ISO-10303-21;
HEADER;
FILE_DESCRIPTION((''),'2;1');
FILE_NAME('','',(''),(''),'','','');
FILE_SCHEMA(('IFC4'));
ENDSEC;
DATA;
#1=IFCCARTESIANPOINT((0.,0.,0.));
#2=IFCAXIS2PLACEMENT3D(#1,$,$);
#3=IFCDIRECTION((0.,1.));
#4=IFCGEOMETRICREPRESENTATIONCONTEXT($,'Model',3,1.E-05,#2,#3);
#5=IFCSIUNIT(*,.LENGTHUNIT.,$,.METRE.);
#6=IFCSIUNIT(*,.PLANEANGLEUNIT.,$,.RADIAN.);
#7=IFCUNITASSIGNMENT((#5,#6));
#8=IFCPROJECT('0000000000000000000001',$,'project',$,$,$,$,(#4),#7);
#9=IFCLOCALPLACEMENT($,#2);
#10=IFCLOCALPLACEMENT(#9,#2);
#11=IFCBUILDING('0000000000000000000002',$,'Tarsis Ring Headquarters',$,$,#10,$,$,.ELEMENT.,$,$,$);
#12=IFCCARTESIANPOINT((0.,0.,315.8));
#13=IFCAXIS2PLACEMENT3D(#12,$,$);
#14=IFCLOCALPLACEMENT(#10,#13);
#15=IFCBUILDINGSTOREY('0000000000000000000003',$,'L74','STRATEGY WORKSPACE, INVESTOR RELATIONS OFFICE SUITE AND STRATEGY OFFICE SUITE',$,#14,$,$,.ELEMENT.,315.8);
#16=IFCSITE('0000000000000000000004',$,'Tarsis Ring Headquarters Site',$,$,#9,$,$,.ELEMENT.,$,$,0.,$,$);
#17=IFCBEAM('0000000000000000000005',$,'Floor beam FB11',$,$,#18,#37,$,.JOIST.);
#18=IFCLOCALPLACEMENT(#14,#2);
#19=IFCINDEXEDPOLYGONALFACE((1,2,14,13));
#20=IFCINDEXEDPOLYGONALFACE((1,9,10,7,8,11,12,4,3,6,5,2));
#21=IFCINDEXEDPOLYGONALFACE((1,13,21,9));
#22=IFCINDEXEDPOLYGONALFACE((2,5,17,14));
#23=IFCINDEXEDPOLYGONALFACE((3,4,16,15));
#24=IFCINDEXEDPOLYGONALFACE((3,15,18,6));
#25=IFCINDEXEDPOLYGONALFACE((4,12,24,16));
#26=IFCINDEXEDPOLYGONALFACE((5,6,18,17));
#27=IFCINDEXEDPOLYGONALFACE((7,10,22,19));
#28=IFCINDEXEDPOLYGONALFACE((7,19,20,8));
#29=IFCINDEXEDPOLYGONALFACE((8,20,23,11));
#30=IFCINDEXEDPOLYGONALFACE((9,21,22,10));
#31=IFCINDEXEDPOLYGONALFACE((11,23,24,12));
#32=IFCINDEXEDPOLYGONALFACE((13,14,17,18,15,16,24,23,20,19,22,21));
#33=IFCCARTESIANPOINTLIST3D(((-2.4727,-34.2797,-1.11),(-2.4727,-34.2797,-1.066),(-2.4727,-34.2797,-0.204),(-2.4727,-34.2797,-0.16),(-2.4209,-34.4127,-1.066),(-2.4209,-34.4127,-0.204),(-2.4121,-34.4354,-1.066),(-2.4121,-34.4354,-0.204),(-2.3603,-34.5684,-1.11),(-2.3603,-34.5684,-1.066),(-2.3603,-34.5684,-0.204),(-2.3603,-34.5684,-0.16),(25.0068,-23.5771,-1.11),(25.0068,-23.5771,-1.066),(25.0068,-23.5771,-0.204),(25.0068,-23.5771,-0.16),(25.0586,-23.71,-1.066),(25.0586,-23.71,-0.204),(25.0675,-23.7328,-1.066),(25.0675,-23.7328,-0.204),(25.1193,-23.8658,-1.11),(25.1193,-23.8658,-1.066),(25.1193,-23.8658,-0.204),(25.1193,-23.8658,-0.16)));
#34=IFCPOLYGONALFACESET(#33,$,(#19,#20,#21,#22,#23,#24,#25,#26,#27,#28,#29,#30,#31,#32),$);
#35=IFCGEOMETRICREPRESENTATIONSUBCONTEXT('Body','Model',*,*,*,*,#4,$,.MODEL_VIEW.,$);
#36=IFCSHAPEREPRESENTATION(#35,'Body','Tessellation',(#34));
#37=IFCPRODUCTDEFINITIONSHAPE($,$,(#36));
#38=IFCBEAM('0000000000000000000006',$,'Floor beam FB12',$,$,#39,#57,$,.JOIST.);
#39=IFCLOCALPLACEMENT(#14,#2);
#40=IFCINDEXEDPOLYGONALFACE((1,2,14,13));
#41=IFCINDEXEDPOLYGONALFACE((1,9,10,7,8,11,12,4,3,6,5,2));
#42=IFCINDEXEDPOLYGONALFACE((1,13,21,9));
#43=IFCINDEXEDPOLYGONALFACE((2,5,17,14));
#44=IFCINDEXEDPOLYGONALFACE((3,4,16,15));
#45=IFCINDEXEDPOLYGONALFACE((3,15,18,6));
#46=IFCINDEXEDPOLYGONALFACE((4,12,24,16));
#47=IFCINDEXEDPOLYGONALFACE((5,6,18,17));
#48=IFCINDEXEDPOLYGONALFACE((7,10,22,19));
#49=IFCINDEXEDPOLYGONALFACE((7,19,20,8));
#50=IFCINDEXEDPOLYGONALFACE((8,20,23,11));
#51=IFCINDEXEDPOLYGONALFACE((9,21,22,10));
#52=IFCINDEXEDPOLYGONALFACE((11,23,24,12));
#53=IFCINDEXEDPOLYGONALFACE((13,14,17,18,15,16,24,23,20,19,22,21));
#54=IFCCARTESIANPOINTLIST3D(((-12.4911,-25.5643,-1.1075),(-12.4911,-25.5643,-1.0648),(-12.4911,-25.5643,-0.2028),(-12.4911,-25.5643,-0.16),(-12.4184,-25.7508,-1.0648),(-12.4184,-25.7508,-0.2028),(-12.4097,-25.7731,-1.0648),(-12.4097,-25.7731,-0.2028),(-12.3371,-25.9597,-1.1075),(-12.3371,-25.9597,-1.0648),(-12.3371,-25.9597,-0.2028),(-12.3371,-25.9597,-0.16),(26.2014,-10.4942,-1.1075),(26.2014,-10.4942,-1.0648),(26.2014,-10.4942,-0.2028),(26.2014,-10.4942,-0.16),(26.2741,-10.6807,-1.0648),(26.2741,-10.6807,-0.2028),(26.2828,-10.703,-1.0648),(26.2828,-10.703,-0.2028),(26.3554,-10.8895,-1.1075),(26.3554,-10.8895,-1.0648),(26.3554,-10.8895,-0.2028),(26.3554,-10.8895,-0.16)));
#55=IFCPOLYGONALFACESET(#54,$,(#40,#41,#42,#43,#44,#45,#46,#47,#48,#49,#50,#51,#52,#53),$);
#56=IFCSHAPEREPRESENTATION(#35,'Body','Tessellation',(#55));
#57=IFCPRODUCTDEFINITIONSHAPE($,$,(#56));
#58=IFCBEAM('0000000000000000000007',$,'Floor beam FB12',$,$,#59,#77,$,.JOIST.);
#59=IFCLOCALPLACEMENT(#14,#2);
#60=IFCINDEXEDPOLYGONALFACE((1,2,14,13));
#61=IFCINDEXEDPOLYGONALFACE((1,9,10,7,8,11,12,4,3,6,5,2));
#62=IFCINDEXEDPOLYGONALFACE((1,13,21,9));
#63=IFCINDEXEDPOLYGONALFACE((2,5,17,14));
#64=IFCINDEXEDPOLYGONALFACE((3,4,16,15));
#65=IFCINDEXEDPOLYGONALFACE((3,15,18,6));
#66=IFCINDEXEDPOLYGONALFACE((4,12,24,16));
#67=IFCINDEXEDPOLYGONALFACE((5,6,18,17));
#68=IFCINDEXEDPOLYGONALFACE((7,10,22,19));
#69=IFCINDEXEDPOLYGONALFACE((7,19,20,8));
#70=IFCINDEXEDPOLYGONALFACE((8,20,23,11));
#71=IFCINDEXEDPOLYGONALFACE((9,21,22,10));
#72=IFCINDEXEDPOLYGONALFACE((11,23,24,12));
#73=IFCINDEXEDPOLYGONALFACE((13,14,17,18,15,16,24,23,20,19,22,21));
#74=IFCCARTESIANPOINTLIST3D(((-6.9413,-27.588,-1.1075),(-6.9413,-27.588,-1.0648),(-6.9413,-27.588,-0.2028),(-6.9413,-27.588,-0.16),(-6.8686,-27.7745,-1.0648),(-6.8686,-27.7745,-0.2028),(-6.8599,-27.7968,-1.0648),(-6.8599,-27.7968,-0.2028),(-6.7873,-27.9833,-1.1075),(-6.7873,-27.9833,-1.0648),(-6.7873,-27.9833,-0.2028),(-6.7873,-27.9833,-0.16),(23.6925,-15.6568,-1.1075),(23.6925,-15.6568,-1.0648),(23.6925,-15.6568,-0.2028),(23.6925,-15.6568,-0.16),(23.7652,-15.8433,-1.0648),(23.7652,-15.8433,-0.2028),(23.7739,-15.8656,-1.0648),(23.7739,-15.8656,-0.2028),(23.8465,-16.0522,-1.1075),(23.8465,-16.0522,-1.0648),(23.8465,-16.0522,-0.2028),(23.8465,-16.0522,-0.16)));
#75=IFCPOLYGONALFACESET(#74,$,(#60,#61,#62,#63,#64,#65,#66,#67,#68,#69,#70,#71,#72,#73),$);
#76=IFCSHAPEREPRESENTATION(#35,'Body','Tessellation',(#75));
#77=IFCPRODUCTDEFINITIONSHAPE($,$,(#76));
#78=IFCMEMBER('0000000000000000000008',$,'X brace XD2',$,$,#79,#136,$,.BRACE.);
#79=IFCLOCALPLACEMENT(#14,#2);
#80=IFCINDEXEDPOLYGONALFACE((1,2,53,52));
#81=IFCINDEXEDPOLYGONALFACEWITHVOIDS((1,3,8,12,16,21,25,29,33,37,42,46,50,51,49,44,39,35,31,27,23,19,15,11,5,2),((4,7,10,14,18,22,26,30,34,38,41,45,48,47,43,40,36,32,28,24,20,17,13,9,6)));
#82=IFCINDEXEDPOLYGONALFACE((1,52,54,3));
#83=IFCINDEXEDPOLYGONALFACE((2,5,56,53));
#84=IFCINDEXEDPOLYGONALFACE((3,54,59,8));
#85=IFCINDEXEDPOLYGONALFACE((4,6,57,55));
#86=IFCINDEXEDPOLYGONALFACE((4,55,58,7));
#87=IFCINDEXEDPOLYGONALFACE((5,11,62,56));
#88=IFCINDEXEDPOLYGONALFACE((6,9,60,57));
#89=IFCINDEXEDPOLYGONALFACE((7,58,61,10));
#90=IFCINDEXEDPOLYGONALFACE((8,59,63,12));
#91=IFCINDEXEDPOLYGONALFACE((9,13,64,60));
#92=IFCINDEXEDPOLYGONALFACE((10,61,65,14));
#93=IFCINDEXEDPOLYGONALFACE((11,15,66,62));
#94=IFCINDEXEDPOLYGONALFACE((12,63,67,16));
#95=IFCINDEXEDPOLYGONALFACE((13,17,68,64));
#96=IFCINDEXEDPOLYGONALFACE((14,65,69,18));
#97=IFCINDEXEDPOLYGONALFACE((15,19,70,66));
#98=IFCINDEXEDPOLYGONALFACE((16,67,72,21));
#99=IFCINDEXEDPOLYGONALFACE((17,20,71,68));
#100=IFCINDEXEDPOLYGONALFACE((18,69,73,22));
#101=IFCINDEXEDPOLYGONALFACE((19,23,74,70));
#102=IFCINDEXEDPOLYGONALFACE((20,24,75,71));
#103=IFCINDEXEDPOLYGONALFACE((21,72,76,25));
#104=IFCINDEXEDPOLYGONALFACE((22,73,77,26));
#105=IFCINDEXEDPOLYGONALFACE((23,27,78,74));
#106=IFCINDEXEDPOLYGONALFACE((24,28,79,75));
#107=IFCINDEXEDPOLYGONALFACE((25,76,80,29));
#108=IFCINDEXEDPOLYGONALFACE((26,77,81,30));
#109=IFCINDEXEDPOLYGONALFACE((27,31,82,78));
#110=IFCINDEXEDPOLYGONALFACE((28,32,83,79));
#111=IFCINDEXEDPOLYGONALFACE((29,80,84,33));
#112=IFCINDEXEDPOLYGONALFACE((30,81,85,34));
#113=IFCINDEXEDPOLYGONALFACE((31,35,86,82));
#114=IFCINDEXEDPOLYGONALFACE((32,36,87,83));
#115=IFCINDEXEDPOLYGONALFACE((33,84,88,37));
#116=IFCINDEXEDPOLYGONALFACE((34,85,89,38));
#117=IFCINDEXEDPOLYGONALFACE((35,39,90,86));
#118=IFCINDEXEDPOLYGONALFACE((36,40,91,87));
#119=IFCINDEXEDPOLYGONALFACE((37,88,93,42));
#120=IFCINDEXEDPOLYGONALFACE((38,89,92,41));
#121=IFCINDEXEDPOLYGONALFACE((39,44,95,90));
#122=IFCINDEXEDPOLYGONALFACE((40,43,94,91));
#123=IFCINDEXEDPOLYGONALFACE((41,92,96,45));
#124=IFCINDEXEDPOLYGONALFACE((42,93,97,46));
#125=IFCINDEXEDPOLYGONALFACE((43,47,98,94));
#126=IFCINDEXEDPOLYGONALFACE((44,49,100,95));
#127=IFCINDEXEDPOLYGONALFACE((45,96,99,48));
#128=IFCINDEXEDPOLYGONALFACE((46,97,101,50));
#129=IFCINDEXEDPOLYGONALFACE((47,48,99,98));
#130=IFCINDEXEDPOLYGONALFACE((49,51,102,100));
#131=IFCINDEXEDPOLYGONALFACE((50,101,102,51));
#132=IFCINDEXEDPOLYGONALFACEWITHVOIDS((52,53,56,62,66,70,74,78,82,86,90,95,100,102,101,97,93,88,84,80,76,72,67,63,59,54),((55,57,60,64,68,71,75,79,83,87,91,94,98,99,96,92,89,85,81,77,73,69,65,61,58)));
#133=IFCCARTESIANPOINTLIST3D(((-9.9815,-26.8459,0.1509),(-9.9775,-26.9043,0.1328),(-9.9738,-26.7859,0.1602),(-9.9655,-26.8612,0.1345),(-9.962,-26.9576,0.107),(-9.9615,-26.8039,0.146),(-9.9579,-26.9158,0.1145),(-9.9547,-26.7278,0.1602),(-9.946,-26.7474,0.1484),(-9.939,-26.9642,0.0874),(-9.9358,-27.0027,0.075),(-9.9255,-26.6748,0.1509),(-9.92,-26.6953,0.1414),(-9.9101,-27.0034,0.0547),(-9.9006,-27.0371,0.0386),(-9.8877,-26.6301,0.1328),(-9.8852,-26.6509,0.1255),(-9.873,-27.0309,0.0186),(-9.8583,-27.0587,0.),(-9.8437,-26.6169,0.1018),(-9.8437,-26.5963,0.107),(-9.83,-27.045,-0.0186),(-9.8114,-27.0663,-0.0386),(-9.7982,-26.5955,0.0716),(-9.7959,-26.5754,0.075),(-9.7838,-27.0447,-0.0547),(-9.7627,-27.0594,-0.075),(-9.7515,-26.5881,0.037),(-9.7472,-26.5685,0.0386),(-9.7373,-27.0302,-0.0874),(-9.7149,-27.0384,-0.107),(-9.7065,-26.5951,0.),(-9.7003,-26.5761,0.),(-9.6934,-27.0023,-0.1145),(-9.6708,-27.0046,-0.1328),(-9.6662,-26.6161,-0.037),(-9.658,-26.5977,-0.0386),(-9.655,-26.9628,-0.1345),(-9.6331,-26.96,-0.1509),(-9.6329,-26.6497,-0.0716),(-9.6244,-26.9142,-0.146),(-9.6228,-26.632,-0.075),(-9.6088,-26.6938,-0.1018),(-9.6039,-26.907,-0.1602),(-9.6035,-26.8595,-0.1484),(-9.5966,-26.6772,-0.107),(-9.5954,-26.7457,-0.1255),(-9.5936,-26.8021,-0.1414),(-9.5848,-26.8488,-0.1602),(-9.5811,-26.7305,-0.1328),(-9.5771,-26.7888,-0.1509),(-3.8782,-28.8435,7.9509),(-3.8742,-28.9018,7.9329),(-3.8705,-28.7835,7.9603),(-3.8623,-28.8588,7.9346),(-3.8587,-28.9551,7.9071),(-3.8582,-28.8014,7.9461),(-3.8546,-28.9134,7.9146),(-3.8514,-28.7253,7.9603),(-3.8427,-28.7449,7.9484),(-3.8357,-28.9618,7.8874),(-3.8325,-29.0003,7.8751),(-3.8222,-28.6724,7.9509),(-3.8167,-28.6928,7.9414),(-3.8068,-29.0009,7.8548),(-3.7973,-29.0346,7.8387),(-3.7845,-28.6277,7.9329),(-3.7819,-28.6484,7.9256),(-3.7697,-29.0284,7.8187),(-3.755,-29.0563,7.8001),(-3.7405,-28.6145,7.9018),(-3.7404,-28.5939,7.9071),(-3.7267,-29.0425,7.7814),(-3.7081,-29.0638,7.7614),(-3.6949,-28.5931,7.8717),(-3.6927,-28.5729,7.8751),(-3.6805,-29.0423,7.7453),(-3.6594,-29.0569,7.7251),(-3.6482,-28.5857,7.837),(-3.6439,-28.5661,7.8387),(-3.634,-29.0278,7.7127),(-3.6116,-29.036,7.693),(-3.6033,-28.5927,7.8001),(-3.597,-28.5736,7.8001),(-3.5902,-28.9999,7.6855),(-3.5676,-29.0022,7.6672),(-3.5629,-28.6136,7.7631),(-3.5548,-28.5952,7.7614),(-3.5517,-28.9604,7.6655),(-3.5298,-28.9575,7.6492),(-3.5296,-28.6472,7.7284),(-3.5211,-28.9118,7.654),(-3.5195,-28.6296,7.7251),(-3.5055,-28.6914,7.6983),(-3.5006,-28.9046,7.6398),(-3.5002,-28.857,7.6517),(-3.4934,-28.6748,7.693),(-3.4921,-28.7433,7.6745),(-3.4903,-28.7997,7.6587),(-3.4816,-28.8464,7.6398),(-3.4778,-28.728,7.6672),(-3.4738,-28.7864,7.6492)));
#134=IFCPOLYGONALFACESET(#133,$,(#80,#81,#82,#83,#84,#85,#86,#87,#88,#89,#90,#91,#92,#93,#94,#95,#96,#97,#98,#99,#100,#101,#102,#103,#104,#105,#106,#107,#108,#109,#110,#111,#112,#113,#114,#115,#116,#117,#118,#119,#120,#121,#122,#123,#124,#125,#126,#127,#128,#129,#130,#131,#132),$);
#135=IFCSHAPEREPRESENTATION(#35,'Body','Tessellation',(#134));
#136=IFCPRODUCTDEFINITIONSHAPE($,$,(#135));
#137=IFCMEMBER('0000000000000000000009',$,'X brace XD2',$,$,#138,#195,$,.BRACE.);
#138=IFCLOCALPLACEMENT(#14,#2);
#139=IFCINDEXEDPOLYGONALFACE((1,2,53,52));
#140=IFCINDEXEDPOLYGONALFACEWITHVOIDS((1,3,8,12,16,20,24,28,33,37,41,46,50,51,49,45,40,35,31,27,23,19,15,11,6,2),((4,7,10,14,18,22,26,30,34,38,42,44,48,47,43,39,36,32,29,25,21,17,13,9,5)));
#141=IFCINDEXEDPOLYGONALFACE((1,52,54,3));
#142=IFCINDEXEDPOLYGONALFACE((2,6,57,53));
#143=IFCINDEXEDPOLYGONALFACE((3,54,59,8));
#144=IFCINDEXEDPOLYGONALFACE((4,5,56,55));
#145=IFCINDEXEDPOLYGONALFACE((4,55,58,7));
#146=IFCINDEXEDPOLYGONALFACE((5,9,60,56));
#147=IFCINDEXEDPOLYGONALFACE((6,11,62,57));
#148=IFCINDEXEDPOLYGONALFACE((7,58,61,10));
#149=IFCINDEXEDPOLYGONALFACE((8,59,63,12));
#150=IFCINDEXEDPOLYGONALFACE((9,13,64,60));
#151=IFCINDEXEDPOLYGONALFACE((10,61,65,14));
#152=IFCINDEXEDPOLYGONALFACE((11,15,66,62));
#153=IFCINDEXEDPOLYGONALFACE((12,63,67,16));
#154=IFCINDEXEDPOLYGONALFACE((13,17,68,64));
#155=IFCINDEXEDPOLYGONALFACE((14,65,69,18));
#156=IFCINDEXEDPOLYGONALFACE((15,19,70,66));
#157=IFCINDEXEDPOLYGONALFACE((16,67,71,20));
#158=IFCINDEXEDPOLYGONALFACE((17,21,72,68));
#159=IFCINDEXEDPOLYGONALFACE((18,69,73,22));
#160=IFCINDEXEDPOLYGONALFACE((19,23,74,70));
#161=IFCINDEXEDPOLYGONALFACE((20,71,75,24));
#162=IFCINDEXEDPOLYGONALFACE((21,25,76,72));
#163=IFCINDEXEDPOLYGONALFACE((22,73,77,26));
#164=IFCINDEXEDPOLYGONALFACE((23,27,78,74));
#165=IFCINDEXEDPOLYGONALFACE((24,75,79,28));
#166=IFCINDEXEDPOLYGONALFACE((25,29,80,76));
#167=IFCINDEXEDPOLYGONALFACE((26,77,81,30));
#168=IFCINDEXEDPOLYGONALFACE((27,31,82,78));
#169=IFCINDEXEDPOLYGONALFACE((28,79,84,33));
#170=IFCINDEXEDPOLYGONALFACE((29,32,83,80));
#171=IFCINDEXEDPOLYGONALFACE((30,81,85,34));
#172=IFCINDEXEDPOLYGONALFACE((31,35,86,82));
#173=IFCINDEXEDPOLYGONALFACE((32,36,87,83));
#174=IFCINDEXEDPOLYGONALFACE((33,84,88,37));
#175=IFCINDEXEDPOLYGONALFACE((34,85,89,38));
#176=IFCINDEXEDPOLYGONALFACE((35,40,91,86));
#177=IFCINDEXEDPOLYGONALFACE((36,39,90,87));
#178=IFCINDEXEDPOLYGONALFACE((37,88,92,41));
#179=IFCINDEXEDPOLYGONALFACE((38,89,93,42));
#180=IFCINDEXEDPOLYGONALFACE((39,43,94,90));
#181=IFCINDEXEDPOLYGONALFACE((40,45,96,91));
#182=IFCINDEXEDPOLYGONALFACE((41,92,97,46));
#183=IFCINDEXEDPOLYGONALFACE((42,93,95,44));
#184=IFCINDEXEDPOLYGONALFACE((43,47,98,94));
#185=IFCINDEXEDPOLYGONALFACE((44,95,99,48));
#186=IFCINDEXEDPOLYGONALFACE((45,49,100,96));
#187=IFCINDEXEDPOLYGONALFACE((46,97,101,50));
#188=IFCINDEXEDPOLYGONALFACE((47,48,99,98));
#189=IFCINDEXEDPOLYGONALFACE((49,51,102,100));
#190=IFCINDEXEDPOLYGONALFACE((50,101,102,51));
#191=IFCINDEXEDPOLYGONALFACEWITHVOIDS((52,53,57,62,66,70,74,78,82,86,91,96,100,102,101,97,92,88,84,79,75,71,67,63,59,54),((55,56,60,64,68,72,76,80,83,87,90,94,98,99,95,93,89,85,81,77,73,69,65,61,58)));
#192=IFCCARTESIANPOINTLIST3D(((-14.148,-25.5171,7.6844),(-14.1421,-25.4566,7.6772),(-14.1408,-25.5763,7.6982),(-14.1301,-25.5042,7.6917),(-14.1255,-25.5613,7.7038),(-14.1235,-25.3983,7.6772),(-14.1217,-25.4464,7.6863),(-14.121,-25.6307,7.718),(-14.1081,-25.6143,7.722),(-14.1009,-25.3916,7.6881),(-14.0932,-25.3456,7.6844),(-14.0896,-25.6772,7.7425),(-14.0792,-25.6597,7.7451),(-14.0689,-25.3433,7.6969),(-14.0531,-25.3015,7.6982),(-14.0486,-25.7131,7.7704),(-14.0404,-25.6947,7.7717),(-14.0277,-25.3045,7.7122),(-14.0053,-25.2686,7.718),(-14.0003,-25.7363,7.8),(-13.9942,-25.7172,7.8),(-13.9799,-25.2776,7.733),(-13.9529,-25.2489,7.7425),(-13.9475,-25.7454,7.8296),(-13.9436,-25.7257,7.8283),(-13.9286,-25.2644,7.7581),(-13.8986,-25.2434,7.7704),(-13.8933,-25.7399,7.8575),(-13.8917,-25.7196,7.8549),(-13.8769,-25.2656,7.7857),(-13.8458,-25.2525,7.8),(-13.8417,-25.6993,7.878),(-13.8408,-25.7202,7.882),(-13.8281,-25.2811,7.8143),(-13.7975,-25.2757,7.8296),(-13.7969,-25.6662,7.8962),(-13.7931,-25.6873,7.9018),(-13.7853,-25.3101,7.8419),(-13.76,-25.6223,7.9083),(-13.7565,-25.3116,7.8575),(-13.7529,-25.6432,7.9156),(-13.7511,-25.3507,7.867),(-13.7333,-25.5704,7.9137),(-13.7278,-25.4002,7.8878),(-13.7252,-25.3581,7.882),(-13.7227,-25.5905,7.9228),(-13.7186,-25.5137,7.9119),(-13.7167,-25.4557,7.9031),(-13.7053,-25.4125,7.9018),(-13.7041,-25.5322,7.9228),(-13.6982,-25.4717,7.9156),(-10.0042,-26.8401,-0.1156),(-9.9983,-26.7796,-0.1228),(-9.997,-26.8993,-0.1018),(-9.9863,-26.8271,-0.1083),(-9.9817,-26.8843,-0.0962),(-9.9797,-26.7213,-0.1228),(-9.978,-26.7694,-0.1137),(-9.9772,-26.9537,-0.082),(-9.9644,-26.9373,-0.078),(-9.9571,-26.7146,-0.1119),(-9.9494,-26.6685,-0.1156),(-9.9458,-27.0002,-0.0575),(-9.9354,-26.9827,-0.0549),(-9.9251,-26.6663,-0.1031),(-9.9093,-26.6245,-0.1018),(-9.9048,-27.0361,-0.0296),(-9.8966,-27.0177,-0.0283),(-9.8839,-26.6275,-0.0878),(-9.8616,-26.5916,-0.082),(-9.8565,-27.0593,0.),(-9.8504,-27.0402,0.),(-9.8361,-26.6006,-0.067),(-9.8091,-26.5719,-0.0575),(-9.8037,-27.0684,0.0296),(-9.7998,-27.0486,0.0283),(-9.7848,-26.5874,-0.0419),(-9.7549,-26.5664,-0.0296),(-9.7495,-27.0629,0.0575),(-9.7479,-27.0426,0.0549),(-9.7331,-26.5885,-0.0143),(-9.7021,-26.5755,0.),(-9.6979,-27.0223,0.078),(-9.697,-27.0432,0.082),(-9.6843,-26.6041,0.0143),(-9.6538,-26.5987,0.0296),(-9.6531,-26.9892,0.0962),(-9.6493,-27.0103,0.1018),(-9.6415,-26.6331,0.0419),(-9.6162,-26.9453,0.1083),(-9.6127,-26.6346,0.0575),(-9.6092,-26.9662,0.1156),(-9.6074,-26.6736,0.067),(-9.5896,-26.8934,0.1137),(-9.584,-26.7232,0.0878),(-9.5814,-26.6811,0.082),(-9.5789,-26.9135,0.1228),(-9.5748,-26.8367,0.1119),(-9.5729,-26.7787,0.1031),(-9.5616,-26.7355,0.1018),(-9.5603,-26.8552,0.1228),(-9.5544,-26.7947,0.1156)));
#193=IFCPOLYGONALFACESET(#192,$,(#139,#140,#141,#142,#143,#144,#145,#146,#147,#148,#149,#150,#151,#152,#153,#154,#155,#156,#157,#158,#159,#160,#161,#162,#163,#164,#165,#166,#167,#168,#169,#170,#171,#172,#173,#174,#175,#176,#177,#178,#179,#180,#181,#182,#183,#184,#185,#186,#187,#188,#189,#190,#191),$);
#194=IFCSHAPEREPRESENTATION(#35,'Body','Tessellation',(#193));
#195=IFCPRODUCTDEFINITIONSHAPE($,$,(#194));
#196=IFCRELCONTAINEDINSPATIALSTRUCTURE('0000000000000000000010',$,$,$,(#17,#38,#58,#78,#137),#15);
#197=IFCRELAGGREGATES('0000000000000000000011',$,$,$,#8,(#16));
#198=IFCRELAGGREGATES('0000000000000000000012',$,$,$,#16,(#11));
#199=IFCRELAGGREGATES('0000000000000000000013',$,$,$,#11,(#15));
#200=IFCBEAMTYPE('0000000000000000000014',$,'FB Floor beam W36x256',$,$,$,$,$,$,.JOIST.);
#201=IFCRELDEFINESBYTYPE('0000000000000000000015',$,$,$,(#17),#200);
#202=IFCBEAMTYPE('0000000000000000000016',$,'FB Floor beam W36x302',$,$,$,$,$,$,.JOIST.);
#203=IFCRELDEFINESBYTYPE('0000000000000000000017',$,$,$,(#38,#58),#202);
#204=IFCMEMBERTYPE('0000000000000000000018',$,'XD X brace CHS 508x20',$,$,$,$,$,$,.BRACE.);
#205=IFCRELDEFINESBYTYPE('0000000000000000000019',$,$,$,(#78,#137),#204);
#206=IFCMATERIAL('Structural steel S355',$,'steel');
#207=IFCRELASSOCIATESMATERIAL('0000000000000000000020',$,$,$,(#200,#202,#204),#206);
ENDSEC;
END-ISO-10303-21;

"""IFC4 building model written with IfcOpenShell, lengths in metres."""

from ifc_helpers import new_model, si_unit, direction, frame, origin, origin_2d, place, context, subcontext, project, spatial, hollow_circle, i_section, extrude, material, material_profile, profile_set, type_object, element, save


model = new_model("IFC4")

# Units and contexts
model_context = context("Model", 3, precision=1e-05, world=origin(), true_north=direction((0.0, 1.0)))
body_context = subcontext(model_context, "Body", "Model", "MODEL_VIEW")
ifc_project = project(units=[si_unit("LENGTHUNIT", "METRE"), si_unit("PLANEANGLEUNIT", "RADIAN")], contexts=[model_context])

# Site, building, storey
site_placement = place(None, origin())
site = spatial("IfcSite", under=ifc_project, at=site_placement, Name="Tarsis Ring Headquarters Site", CompositionType="ELEMENT", RefElevation=0.0)
building_placement = place(site_placement, origin())
building = spatial("IfcBuilding", under=site, at=building_placement, Name="Tarsis Ring Headquarters", CompositionType="ELEMENT")
storey_placement = place(building_placement, frame((0.0, 0.0, 315.8)))
storey = spatial("IfcBuildingStorey", under=building, at=storey_placement, Name="L74", Description="STRATEGY WORKSPACE, INVESTOR RELATIONS OFFICE SUITE AND STRATEGY OFFICE SUITE", CompositionType="ELEMENT", Elevation=315.8)

# Shared definitions
ifc_material_1 = material(Name="Structural steel S355", Category="steel")

# Beams
ifc_material_profile_1 = material_profile(ifc_material_1, i_section(OverallWidth=0.3098, OverallDepth=0.95, WebThickness=0.0244, FlangeThickness=0.0439, at=origin_2d()), Name="W36x256")
ifc_profile_set_1 = profile_set([ifc_material_profile_1], Name="Structural steel S355")
beam_type_1 = type_object("IfcBeamType", Name="FB Floor beam W36x256", PredefinedType="JOIST", material=ifc_profile_set_1)
beam_1_placement = place(storey_placement, frame((-2.4165, -34.4241, -0.635), z_axis=(0.931819, 0.362922, 0.0), x_axis=(-0.362922, 0.931819, 0.0)))
element("IfcBeam", 1, at=beam_1_placement, inside=storey, type_object=beam_type_1, Name="Floor beam FB11", PredefinedType="JOIST", context=body_context, shape_type="SweptSolid", body=[
    extrude(i_section(OverallWidth=0.3098, OverallDepth=0.95, WebThickness=0.0244, FlangeThickness=0.0439, at=origin_2d()), origin(), (0.0, 0.0, 1.0), 29.4902),
])
ifc_material_profile_2 = material_profile(ifc_material_1, i_section(OverallWidth=0.4243, OverallDepth=0.9475, WebThickness=0.0239, FlangeThickness=0.0427, at=origin_2d()), Name="W36x302")
ifc_profile_set_2 = profile_set([ifc_material_profile_2], Name="Structural steel S355")
beam_type_2 = type_object("IfcBeamType", Name="FB Floor beam W36x302", PredefinedType="JOIST", material=ifc_profile_set_2)
beam_2_placement = place(storey_placement, frame((-12.4141, -25.762, -0.6338), z_axis=(0.931817, 0.362928, 0.0), x_axis=(-0.362928, 0.931817, 0.0)))
element("IfcBeam", 2, at=beam_2_placement, inside=storey, type_object=beam_type_2, Name="Floor beam FB12", PredefinedType="JOIST", context=body_context, shape_type="SweptSolid", body=[
    extrude(i_section(OverallWidth=0.4243, OverallDepth=0.9475, WebThickness=0.0239, FlangeThickness=0.0427, at=origin_2d()), origin(), (0.0, 0.0, 1.0), 41.5237),
])
beam_3_placement = place(storey_placement, frame((-6.8643, -27.7856, -0.6338), z_axis=(0.931819, 0.362922, 0.0), x_axis=(-0.362922, 0.931819, 0.0)))
element("IfcBeam", 3, at=beam_3_placement, inside=storey, type_object=beam_type_2, Name="Floor beam FB12", PredefinedType="JOIST", context=body_context, shape_type="SweptSolid", body=[
    extrude(i_section(OverallWidth=0.4243, OverallDepth=0.9475, WebThickness=0.0239, FlangeThickness=0.0427, at=origin_2d()), origin(), (0.0, 0.0, 1.0), 32.8752),
])

# Members
ifc_material_profile_3 = material_profile(ifc_material_1, hollow_circle(Radius=0.2539, WallThickness=0.02, at=origin_2d()), Name="CHS 508x20")
ifc_profile_set_3 = profile_set([ifc_material_profile_3], Name="Structural steel S355")
member_type = type_object("IfcMemberType", Name="XD X brace CHS 508x20", PredefinedType="BRACE", material=ifc_profile_set_3)
member_1_placement = place(storey_placement, frame((-9.7793, -26.8174, 0.0), z_axis=(0.604074, -0.197709, 0.772014), x_axis=(0.311057, 0.950391, 0.0)))
element("IfcMember", 4, at=member_1_placement, inside=storey, type_object=member_type, Name="X brace XD2", PredefinedType="BRACE", context=body_context, shape_type="SweptSolid", body=[
    extrude(hollow_circle(Radius=0.2539, WallThickness=0.02, at=origin_2d()), origin(), (0.0, 0.0, 1.0), 10.1035),
])
member_2_placement = place(storey_placement, frame((-9.7793, -26.8174, 0.0), z_axis=(-0.463981, 0.148136, 0.873371), x_axis=(-0.304146, -0.952625, 0.0)))
element("IfcMember", 5, at=member_2_placement, inside=storey, type_object=member_type, Name="X brace XD2", PredefinedType="BRACE", context=body_context, shape_type="SweptSolid", body=[
    extrude(hollow_circle(Radius=0.2539, WallThickness=0.02, at=origin_2d()), origin(), (0.0, 0.0, 1.0), 8.9309),
])

save(model, "model.ifc")
